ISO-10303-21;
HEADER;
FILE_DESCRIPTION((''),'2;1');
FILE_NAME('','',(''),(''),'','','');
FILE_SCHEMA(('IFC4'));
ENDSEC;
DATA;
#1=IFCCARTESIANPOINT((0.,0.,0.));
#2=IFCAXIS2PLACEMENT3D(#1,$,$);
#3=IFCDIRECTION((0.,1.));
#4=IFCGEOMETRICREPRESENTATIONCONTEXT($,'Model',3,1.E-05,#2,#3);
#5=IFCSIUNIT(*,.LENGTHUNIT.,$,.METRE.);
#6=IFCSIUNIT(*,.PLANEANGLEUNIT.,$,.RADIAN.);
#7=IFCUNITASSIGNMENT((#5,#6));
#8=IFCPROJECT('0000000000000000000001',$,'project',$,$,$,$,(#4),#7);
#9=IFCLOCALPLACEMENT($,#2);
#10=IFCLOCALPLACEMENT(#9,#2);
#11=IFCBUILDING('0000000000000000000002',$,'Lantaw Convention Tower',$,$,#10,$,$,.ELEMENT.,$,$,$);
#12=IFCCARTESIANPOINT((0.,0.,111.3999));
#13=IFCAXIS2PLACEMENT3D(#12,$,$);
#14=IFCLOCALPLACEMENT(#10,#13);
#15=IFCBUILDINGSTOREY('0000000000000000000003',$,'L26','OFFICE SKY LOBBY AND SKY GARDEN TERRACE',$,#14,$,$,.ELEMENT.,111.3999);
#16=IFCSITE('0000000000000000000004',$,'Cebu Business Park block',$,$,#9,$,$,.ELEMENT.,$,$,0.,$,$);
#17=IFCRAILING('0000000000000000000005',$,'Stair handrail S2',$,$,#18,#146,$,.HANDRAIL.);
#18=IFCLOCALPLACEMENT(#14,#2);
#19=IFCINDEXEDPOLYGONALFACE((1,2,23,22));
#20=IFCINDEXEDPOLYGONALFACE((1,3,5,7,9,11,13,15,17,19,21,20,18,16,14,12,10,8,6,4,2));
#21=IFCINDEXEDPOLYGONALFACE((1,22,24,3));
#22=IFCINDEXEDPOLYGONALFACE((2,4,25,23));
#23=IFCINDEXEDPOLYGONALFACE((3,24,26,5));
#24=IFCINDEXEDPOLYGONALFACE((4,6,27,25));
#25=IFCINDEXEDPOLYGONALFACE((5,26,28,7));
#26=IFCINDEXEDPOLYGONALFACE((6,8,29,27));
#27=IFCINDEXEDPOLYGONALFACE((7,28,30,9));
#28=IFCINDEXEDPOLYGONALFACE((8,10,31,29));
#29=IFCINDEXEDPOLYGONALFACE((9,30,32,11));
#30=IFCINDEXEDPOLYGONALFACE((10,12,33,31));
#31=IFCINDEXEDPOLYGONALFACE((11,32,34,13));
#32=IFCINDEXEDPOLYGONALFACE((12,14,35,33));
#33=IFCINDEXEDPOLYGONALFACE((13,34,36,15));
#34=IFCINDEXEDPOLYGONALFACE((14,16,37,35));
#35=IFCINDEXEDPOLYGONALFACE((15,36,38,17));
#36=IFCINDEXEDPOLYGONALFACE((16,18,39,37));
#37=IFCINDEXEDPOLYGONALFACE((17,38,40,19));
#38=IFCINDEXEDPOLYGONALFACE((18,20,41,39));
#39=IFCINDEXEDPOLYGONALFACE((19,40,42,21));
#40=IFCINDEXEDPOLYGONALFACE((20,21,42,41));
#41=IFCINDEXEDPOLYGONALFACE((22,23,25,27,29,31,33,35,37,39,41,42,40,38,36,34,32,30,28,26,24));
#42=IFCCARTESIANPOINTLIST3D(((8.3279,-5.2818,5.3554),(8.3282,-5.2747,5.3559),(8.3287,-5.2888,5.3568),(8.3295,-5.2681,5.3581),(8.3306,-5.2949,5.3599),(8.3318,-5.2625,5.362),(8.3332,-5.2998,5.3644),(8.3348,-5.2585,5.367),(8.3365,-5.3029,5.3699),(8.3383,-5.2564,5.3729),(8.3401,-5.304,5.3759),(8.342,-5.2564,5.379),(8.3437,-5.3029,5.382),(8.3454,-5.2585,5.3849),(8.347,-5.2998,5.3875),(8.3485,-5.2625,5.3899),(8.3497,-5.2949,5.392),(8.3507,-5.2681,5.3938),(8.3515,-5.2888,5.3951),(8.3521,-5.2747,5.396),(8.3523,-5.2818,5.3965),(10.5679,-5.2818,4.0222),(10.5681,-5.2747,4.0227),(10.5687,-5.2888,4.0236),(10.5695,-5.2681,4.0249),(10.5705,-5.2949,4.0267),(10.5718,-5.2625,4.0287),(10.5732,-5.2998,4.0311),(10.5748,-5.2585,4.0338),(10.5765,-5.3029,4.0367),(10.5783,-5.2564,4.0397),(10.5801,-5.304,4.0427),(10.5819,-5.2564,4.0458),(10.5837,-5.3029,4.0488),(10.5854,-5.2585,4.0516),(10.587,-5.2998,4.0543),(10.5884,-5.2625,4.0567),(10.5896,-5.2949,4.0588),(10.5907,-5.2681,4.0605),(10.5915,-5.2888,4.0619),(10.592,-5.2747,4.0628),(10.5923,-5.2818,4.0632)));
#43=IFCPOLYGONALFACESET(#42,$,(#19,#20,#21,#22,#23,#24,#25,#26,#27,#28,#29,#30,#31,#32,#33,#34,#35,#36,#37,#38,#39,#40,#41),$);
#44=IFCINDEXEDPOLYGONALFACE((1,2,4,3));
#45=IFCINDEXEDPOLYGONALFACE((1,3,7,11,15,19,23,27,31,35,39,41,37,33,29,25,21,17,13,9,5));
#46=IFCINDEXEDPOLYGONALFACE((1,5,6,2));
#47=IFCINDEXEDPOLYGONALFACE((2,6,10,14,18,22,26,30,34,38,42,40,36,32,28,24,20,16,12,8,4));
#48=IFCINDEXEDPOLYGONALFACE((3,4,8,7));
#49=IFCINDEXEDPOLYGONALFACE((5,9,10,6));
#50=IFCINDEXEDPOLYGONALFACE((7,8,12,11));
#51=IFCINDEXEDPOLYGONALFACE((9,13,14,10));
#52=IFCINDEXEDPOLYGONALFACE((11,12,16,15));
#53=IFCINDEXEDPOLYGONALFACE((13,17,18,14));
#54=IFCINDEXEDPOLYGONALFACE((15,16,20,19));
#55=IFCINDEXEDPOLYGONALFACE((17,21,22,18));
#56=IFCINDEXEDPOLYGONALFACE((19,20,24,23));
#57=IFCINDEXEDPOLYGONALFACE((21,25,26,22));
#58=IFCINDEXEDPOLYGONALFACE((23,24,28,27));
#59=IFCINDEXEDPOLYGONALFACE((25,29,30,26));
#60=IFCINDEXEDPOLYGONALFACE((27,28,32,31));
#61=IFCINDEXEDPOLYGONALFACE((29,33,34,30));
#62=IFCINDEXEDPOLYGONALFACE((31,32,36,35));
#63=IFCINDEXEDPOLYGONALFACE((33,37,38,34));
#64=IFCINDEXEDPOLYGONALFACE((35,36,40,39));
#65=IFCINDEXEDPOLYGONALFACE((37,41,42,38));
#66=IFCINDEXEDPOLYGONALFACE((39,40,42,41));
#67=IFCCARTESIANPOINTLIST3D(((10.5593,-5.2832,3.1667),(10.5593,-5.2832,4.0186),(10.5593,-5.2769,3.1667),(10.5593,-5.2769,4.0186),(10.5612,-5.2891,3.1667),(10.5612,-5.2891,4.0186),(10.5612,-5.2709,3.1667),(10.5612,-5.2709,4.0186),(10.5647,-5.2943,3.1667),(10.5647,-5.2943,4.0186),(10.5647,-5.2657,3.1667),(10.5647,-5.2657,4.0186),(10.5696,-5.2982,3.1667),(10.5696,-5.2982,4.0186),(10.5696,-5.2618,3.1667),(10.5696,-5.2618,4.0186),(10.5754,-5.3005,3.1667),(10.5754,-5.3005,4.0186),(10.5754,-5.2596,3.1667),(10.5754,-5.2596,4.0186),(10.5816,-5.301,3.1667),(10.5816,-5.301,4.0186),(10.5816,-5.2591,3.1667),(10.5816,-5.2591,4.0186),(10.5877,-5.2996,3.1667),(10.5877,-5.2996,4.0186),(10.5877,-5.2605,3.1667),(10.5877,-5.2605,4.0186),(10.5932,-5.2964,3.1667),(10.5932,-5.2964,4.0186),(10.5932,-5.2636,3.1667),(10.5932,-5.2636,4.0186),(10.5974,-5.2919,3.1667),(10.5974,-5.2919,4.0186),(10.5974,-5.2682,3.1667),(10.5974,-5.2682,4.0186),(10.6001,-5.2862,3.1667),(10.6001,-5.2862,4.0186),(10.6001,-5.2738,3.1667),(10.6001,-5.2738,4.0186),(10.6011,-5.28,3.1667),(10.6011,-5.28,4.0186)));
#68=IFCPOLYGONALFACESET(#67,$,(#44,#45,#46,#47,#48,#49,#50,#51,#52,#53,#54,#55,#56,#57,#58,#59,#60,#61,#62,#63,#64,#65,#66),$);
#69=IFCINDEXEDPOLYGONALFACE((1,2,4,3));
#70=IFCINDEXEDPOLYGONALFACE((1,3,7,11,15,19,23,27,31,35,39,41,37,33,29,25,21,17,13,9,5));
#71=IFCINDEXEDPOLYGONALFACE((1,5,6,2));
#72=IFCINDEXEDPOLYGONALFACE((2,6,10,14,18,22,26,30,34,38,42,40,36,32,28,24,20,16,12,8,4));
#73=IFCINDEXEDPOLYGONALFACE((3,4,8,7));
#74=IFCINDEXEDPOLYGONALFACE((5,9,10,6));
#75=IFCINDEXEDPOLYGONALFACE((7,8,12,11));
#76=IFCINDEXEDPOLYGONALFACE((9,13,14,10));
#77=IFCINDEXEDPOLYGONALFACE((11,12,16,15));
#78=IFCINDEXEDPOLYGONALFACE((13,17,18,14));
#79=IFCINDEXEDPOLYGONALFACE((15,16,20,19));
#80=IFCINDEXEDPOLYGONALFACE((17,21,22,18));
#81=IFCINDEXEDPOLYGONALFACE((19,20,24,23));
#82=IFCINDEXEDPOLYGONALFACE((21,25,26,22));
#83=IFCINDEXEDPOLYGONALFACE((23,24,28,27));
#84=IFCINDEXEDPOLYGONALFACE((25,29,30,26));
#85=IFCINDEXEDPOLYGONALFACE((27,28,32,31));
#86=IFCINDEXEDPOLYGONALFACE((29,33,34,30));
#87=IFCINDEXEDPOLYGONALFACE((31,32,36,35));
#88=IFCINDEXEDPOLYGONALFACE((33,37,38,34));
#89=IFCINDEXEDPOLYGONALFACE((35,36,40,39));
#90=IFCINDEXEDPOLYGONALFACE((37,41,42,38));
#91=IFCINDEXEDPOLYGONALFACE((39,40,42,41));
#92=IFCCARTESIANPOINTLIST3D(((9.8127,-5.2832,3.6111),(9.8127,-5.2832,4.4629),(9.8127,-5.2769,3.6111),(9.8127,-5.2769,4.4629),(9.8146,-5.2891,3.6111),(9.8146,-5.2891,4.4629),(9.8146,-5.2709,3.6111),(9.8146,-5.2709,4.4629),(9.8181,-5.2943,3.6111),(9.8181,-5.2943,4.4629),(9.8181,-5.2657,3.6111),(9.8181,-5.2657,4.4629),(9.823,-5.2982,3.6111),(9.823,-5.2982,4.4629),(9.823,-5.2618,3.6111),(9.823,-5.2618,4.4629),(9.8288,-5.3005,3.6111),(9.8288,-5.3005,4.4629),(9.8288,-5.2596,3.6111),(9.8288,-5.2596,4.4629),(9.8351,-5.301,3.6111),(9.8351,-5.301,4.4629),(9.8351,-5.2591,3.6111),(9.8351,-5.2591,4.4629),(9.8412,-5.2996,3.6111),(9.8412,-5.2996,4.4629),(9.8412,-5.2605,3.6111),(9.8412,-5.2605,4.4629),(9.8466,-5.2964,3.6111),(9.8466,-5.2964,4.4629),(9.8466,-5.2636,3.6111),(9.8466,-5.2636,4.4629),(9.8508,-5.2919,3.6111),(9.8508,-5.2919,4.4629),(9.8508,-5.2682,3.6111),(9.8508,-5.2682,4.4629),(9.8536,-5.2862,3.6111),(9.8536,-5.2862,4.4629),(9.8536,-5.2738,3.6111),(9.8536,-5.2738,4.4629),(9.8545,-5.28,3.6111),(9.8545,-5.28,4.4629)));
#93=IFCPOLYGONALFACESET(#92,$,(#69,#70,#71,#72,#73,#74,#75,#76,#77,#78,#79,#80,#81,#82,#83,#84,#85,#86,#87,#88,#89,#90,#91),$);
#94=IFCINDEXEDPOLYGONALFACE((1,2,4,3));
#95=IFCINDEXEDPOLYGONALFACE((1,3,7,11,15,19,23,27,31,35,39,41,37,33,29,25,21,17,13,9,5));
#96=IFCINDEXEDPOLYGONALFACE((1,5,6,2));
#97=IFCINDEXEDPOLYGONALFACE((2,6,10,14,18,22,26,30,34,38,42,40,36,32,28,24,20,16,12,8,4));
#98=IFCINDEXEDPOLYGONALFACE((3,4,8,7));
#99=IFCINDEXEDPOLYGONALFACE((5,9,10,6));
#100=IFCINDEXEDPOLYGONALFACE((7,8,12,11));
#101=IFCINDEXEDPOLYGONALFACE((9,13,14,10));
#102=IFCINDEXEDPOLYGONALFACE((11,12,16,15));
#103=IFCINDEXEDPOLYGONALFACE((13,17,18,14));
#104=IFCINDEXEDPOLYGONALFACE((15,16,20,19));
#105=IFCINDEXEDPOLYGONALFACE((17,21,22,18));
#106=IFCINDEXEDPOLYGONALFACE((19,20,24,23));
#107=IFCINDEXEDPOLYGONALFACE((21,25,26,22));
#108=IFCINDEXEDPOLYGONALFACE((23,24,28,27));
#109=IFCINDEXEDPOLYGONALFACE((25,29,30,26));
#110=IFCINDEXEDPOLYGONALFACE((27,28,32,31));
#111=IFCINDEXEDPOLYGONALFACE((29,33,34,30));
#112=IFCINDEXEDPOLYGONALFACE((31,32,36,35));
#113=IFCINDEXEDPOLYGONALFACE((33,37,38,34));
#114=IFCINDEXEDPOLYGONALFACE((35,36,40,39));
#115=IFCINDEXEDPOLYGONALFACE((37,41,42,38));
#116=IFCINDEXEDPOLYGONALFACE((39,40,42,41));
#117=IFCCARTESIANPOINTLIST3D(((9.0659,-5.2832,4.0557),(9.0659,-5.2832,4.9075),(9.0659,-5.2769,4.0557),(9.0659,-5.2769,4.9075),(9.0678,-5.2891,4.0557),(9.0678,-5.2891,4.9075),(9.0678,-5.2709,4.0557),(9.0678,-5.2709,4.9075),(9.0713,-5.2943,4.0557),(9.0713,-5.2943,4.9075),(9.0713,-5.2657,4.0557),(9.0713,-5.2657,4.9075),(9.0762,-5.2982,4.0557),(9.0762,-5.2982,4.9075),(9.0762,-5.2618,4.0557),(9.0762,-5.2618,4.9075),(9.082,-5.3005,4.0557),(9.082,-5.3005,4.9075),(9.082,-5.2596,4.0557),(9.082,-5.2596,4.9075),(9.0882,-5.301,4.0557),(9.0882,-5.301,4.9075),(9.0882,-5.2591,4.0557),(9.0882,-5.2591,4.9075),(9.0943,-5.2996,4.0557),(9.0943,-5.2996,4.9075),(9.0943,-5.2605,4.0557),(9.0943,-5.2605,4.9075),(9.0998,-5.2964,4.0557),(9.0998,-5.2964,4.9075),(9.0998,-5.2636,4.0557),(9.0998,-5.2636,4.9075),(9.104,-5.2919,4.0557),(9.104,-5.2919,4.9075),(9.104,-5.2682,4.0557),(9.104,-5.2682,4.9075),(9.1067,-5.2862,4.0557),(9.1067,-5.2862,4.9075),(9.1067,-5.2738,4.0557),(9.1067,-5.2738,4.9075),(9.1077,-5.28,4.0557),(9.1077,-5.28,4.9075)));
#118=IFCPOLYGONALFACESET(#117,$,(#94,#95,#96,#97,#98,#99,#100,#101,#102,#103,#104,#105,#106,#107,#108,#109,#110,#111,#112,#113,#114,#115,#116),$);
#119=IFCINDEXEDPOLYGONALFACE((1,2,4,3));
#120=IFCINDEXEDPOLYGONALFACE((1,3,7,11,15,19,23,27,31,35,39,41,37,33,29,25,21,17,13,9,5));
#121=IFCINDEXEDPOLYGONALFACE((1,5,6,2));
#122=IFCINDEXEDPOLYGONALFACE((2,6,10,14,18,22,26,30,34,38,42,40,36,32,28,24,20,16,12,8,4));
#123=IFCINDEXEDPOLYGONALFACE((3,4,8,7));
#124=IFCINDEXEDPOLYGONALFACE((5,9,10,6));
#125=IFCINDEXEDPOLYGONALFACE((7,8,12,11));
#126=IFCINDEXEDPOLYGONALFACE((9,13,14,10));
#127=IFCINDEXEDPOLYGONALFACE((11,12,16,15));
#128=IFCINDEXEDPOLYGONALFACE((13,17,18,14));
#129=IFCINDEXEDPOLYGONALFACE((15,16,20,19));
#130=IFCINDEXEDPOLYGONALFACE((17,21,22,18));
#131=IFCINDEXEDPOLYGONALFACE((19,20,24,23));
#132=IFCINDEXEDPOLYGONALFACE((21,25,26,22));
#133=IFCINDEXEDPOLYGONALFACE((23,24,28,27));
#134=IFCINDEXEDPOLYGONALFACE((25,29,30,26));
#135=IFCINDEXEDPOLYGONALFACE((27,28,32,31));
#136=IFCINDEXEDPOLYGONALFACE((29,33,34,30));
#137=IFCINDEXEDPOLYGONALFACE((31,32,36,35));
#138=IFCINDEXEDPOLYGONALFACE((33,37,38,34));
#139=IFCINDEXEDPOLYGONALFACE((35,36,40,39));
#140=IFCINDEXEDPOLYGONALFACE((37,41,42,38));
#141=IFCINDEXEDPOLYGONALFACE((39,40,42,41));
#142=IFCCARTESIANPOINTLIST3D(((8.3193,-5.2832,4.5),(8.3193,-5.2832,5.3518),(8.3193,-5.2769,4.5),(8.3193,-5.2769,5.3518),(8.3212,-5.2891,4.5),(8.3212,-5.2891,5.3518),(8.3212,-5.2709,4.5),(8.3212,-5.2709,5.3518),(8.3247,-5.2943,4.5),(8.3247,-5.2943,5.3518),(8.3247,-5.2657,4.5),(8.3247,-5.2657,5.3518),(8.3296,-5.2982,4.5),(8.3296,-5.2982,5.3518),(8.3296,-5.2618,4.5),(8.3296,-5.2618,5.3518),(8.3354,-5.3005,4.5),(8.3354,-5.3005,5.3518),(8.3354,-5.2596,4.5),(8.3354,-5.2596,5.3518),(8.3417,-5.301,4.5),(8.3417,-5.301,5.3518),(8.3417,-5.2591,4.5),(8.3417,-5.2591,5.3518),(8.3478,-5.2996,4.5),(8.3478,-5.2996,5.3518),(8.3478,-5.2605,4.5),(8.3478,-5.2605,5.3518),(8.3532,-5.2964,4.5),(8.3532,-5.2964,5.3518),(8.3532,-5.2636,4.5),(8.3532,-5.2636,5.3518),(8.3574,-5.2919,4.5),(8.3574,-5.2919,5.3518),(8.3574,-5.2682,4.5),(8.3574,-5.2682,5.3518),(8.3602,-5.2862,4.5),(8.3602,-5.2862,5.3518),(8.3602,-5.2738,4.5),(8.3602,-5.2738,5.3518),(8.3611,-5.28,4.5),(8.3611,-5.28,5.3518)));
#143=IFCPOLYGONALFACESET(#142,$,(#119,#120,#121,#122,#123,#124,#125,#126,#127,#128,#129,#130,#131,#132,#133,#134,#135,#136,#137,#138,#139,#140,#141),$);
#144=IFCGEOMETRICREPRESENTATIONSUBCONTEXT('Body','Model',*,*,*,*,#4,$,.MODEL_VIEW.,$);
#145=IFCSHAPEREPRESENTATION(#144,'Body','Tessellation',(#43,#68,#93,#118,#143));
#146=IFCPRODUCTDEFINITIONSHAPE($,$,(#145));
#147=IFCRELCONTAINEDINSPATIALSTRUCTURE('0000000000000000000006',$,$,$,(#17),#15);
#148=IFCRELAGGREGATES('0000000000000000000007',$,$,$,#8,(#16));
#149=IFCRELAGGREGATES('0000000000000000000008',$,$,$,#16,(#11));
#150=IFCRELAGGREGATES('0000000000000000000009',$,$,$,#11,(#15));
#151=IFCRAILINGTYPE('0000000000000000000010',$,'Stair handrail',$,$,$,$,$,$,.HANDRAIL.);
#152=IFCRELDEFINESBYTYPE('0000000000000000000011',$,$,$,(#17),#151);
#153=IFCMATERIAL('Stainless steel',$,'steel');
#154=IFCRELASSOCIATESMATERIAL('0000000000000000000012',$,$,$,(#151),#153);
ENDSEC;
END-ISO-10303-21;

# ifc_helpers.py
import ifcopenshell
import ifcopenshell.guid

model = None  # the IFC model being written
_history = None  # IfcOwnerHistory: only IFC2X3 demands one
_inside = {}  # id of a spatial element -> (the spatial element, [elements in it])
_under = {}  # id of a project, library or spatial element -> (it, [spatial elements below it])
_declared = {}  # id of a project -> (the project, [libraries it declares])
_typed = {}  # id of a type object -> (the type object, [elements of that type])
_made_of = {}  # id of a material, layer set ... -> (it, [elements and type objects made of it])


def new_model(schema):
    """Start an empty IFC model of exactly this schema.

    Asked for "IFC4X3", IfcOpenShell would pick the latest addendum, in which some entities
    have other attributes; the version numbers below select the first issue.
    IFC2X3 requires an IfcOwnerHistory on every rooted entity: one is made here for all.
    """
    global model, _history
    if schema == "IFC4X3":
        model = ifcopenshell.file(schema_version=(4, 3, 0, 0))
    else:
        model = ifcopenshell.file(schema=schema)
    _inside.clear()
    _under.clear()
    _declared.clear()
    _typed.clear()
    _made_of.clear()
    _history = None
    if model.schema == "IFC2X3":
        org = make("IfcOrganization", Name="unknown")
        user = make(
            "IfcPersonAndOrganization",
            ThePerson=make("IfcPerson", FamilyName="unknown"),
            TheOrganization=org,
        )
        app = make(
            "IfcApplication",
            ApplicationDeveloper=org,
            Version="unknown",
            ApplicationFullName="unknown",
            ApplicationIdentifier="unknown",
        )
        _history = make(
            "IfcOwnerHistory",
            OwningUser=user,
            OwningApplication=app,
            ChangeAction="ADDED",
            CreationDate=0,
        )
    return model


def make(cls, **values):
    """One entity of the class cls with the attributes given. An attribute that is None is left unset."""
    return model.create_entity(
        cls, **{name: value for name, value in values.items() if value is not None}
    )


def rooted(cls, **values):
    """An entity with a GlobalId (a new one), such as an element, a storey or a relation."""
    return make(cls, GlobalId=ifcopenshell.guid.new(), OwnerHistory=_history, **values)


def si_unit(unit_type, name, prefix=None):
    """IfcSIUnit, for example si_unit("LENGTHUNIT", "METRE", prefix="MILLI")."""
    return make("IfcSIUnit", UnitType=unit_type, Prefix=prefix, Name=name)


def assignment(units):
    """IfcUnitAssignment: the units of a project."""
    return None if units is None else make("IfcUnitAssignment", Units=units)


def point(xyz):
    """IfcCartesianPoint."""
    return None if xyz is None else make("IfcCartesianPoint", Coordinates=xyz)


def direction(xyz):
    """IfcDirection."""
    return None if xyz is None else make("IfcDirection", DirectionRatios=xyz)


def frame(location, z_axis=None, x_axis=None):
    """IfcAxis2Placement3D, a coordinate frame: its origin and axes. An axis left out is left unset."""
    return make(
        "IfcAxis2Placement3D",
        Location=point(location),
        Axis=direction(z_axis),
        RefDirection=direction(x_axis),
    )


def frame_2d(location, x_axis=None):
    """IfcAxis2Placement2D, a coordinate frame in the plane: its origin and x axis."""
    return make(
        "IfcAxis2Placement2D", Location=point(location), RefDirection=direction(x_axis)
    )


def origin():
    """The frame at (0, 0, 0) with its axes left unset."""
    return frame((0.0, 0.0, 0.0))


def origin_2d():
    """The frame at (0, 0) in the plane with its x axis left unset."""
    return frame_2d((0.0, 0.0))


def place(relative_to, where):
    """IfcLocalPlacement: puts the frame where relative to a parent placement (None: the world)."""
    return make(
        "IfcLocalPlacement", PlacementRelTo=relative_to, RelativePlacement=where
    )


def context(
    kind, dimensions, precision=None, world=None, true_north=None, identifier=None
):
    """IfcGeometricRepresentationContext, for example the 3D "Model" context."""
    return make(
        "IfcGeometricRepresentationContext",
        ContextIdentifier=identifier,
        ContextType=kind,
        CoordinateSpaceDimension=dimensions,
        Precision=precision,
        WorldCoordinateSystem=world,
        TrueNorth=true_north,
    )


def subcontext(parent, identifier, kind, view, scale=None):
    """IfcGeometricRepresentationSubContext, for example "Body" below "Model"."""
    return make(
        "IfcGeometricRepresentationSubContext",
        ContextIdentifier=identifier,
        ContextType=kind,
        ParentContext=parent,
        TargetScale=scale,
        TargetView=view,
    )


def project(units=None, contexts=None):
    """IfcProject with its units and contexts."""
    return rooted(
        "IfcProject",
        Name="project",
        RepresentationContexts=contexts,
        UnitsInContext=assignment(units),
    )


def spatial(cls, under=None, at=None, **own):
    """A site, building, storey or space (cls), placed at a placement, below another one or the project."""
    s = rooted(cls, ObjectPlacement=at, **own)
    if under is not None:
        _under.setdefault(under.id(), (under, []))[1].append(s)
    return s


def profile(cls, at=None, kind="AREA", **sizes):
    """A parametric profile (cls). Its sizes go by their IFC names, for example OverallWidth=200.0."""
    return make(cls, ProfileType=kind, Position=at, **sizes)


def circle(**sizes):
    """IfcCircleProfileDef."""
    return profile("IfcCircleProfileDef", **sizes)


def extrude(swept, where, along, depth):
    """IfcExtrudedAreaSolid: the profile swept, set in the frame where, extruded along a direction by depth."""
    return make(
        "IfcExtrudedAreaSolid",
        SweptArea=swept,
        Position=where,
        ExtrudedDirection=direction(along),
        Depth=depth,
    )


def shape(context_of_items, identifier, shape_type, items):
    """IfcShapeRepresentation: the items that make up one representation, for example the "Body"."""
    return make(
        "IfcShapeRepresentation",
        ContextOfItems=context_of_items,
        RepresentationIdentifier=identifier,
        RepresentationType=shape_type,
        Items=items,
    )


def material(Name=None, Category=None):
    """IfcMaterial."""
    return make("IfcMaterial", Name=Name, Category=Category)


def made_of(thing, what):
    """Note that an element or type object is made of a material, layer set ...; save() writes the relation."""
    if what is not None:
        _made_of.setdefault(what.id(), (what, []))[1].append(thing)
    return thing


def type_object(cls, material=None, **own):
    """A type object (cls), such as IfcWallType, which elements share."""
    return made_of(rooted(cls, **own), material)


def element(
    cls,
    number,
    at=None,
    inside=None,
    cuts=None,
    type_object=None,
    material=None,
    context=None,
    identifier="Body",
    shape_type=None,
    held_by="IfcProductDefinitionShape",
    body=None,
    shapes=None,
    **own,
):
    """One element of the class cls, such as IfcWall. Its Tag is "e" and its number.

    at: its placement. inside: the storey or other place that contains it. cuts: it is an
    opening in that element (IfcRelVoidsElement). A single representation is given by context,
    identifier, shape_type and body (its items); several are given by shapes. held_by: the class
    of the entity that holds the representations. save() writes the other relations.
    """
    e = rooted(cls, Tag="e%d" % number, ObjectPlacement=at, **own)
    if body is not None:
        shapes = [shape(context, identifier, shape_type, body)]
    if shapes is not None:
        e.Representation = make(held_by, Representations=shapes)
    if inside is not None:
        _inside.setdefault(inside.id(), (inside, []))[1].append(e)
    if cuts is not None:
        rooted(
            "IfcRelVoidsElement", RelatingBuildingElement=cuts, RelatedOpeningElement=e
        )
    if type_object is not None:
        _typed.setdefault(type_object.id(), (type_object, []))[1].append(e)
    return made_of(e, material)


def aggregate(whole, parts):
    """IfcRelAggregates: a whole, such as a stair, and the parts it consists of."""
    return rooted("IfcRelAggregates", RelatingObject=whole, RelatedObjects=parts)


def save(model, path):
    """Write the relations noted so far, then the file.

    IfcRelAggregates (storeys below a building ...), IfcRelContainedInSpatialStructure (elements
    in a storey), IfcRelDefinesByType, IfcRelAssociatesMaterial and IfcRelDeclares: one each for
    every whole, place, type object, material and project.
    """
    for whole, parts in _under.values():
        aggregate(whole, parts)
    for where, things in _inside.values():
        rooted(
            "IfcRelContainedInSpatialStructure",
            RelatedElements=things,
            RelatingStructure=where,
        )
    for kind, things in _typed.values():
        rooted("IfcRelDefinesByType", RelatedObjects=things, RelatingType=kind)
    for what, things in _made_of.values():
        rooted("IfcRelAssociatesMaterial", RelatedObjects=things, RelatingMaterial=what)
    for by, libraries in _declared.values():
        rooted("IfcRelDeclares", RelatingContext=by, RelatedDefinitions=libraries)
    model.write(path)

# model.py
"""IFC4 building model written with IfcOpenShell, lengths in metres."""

from ifc_helpers import new_model, si_unit, direction, frame, origin, origin_2d, place, context, subcontext, project, spatial, circle, extrude, material, type_object, element, save


model = new_model("IFC4")

# Units and contexts
model_context = context("Model", 3, precision=1e-05, world=origin(), true_north=direction((0.0, 1.0)))
body_context = subcontext(model_context, "Body", "Model", "MODEL_VIEW")
ifc_project = project(units=[si_unit("LENGTHUNIT", "METRE"), si_unit("PLANEANGLEUNIT", "RADIAN")], contexts=[model_context])

# Site, building, storey
site_placement = place(None, origin())
site = spatial("IfcSite", under=ifc_project, at=site_placement, Name="Cebu Business Park block", CompositionType="ELEMENT", RefElevation=0.0)
building_placement = place(site_placement, origin())
building = spatial("IfcBuilding", under=site, at=building_placement, Name="Lantaw Convention Tower", CompositionType="ELEMENT")
storey_placement = place(building_placement, frame((0.0, 0.0, 111.3999)))
storey = spatial("IfcBuildingStorey", under=building, at=storey_placement, Name="L26", Description="OFFICE SKY LOBBY AND SKY GARDEN TERRACE", CompositionType="ELEMENT", Elevation=111.3999)

# Railing
ifc_material_1 = material(Name="Stainless steel", Category="steel")
railing_type = type_object("IfcRailingType", Name="Stair handrail", PredefinedType="HANDRAIL", material=ifc_material_1)
railing_1_placement = place(storey_placement, frame((10.5801, -5.28, 3.1667)))
element("IfcRailing", 1, at=railing_1_placement, inside=storey, type_object=railing_type, Name="Stair handrail S2", PredefinedType="HANDRAIL", context=body_context, shape_type="SweptSolid", body=[
    extrude(circle(Radius=0.0239, at=origin_2d()), frame((0.0, 0.0, 0.876), z_axis=(-0.859306, 0.0, 0.511462), x_axis=(0.0, -1.0, 0.0)), (0.0, 0.0, 1.0), 2.6067),
    extrude(circle(Radius=0.021, at=origin_2d()), origin(), (0.0, 0.0, 1.0), 0.8518),
    extrude(circle(Radius=0.021, at=origin_2d()), frame((-0.7466, 0.0, 0.4443)), (0.0, 0.0, 1.0), 0.8518),
    extrude(circle(Radius=0.021, at=origin_2d()), frame((-1.4934, 0.0, 0.8889)), (0.0, 0.0, 1.0), 0.8518),
    extrude(circle(Radius=0.021, at=origin_2d()), frame((-2.24, 0.0, 1.3333)), (0.0, 0.0, 1.0), 0.8518),
])

save(model, "model.ifc")
